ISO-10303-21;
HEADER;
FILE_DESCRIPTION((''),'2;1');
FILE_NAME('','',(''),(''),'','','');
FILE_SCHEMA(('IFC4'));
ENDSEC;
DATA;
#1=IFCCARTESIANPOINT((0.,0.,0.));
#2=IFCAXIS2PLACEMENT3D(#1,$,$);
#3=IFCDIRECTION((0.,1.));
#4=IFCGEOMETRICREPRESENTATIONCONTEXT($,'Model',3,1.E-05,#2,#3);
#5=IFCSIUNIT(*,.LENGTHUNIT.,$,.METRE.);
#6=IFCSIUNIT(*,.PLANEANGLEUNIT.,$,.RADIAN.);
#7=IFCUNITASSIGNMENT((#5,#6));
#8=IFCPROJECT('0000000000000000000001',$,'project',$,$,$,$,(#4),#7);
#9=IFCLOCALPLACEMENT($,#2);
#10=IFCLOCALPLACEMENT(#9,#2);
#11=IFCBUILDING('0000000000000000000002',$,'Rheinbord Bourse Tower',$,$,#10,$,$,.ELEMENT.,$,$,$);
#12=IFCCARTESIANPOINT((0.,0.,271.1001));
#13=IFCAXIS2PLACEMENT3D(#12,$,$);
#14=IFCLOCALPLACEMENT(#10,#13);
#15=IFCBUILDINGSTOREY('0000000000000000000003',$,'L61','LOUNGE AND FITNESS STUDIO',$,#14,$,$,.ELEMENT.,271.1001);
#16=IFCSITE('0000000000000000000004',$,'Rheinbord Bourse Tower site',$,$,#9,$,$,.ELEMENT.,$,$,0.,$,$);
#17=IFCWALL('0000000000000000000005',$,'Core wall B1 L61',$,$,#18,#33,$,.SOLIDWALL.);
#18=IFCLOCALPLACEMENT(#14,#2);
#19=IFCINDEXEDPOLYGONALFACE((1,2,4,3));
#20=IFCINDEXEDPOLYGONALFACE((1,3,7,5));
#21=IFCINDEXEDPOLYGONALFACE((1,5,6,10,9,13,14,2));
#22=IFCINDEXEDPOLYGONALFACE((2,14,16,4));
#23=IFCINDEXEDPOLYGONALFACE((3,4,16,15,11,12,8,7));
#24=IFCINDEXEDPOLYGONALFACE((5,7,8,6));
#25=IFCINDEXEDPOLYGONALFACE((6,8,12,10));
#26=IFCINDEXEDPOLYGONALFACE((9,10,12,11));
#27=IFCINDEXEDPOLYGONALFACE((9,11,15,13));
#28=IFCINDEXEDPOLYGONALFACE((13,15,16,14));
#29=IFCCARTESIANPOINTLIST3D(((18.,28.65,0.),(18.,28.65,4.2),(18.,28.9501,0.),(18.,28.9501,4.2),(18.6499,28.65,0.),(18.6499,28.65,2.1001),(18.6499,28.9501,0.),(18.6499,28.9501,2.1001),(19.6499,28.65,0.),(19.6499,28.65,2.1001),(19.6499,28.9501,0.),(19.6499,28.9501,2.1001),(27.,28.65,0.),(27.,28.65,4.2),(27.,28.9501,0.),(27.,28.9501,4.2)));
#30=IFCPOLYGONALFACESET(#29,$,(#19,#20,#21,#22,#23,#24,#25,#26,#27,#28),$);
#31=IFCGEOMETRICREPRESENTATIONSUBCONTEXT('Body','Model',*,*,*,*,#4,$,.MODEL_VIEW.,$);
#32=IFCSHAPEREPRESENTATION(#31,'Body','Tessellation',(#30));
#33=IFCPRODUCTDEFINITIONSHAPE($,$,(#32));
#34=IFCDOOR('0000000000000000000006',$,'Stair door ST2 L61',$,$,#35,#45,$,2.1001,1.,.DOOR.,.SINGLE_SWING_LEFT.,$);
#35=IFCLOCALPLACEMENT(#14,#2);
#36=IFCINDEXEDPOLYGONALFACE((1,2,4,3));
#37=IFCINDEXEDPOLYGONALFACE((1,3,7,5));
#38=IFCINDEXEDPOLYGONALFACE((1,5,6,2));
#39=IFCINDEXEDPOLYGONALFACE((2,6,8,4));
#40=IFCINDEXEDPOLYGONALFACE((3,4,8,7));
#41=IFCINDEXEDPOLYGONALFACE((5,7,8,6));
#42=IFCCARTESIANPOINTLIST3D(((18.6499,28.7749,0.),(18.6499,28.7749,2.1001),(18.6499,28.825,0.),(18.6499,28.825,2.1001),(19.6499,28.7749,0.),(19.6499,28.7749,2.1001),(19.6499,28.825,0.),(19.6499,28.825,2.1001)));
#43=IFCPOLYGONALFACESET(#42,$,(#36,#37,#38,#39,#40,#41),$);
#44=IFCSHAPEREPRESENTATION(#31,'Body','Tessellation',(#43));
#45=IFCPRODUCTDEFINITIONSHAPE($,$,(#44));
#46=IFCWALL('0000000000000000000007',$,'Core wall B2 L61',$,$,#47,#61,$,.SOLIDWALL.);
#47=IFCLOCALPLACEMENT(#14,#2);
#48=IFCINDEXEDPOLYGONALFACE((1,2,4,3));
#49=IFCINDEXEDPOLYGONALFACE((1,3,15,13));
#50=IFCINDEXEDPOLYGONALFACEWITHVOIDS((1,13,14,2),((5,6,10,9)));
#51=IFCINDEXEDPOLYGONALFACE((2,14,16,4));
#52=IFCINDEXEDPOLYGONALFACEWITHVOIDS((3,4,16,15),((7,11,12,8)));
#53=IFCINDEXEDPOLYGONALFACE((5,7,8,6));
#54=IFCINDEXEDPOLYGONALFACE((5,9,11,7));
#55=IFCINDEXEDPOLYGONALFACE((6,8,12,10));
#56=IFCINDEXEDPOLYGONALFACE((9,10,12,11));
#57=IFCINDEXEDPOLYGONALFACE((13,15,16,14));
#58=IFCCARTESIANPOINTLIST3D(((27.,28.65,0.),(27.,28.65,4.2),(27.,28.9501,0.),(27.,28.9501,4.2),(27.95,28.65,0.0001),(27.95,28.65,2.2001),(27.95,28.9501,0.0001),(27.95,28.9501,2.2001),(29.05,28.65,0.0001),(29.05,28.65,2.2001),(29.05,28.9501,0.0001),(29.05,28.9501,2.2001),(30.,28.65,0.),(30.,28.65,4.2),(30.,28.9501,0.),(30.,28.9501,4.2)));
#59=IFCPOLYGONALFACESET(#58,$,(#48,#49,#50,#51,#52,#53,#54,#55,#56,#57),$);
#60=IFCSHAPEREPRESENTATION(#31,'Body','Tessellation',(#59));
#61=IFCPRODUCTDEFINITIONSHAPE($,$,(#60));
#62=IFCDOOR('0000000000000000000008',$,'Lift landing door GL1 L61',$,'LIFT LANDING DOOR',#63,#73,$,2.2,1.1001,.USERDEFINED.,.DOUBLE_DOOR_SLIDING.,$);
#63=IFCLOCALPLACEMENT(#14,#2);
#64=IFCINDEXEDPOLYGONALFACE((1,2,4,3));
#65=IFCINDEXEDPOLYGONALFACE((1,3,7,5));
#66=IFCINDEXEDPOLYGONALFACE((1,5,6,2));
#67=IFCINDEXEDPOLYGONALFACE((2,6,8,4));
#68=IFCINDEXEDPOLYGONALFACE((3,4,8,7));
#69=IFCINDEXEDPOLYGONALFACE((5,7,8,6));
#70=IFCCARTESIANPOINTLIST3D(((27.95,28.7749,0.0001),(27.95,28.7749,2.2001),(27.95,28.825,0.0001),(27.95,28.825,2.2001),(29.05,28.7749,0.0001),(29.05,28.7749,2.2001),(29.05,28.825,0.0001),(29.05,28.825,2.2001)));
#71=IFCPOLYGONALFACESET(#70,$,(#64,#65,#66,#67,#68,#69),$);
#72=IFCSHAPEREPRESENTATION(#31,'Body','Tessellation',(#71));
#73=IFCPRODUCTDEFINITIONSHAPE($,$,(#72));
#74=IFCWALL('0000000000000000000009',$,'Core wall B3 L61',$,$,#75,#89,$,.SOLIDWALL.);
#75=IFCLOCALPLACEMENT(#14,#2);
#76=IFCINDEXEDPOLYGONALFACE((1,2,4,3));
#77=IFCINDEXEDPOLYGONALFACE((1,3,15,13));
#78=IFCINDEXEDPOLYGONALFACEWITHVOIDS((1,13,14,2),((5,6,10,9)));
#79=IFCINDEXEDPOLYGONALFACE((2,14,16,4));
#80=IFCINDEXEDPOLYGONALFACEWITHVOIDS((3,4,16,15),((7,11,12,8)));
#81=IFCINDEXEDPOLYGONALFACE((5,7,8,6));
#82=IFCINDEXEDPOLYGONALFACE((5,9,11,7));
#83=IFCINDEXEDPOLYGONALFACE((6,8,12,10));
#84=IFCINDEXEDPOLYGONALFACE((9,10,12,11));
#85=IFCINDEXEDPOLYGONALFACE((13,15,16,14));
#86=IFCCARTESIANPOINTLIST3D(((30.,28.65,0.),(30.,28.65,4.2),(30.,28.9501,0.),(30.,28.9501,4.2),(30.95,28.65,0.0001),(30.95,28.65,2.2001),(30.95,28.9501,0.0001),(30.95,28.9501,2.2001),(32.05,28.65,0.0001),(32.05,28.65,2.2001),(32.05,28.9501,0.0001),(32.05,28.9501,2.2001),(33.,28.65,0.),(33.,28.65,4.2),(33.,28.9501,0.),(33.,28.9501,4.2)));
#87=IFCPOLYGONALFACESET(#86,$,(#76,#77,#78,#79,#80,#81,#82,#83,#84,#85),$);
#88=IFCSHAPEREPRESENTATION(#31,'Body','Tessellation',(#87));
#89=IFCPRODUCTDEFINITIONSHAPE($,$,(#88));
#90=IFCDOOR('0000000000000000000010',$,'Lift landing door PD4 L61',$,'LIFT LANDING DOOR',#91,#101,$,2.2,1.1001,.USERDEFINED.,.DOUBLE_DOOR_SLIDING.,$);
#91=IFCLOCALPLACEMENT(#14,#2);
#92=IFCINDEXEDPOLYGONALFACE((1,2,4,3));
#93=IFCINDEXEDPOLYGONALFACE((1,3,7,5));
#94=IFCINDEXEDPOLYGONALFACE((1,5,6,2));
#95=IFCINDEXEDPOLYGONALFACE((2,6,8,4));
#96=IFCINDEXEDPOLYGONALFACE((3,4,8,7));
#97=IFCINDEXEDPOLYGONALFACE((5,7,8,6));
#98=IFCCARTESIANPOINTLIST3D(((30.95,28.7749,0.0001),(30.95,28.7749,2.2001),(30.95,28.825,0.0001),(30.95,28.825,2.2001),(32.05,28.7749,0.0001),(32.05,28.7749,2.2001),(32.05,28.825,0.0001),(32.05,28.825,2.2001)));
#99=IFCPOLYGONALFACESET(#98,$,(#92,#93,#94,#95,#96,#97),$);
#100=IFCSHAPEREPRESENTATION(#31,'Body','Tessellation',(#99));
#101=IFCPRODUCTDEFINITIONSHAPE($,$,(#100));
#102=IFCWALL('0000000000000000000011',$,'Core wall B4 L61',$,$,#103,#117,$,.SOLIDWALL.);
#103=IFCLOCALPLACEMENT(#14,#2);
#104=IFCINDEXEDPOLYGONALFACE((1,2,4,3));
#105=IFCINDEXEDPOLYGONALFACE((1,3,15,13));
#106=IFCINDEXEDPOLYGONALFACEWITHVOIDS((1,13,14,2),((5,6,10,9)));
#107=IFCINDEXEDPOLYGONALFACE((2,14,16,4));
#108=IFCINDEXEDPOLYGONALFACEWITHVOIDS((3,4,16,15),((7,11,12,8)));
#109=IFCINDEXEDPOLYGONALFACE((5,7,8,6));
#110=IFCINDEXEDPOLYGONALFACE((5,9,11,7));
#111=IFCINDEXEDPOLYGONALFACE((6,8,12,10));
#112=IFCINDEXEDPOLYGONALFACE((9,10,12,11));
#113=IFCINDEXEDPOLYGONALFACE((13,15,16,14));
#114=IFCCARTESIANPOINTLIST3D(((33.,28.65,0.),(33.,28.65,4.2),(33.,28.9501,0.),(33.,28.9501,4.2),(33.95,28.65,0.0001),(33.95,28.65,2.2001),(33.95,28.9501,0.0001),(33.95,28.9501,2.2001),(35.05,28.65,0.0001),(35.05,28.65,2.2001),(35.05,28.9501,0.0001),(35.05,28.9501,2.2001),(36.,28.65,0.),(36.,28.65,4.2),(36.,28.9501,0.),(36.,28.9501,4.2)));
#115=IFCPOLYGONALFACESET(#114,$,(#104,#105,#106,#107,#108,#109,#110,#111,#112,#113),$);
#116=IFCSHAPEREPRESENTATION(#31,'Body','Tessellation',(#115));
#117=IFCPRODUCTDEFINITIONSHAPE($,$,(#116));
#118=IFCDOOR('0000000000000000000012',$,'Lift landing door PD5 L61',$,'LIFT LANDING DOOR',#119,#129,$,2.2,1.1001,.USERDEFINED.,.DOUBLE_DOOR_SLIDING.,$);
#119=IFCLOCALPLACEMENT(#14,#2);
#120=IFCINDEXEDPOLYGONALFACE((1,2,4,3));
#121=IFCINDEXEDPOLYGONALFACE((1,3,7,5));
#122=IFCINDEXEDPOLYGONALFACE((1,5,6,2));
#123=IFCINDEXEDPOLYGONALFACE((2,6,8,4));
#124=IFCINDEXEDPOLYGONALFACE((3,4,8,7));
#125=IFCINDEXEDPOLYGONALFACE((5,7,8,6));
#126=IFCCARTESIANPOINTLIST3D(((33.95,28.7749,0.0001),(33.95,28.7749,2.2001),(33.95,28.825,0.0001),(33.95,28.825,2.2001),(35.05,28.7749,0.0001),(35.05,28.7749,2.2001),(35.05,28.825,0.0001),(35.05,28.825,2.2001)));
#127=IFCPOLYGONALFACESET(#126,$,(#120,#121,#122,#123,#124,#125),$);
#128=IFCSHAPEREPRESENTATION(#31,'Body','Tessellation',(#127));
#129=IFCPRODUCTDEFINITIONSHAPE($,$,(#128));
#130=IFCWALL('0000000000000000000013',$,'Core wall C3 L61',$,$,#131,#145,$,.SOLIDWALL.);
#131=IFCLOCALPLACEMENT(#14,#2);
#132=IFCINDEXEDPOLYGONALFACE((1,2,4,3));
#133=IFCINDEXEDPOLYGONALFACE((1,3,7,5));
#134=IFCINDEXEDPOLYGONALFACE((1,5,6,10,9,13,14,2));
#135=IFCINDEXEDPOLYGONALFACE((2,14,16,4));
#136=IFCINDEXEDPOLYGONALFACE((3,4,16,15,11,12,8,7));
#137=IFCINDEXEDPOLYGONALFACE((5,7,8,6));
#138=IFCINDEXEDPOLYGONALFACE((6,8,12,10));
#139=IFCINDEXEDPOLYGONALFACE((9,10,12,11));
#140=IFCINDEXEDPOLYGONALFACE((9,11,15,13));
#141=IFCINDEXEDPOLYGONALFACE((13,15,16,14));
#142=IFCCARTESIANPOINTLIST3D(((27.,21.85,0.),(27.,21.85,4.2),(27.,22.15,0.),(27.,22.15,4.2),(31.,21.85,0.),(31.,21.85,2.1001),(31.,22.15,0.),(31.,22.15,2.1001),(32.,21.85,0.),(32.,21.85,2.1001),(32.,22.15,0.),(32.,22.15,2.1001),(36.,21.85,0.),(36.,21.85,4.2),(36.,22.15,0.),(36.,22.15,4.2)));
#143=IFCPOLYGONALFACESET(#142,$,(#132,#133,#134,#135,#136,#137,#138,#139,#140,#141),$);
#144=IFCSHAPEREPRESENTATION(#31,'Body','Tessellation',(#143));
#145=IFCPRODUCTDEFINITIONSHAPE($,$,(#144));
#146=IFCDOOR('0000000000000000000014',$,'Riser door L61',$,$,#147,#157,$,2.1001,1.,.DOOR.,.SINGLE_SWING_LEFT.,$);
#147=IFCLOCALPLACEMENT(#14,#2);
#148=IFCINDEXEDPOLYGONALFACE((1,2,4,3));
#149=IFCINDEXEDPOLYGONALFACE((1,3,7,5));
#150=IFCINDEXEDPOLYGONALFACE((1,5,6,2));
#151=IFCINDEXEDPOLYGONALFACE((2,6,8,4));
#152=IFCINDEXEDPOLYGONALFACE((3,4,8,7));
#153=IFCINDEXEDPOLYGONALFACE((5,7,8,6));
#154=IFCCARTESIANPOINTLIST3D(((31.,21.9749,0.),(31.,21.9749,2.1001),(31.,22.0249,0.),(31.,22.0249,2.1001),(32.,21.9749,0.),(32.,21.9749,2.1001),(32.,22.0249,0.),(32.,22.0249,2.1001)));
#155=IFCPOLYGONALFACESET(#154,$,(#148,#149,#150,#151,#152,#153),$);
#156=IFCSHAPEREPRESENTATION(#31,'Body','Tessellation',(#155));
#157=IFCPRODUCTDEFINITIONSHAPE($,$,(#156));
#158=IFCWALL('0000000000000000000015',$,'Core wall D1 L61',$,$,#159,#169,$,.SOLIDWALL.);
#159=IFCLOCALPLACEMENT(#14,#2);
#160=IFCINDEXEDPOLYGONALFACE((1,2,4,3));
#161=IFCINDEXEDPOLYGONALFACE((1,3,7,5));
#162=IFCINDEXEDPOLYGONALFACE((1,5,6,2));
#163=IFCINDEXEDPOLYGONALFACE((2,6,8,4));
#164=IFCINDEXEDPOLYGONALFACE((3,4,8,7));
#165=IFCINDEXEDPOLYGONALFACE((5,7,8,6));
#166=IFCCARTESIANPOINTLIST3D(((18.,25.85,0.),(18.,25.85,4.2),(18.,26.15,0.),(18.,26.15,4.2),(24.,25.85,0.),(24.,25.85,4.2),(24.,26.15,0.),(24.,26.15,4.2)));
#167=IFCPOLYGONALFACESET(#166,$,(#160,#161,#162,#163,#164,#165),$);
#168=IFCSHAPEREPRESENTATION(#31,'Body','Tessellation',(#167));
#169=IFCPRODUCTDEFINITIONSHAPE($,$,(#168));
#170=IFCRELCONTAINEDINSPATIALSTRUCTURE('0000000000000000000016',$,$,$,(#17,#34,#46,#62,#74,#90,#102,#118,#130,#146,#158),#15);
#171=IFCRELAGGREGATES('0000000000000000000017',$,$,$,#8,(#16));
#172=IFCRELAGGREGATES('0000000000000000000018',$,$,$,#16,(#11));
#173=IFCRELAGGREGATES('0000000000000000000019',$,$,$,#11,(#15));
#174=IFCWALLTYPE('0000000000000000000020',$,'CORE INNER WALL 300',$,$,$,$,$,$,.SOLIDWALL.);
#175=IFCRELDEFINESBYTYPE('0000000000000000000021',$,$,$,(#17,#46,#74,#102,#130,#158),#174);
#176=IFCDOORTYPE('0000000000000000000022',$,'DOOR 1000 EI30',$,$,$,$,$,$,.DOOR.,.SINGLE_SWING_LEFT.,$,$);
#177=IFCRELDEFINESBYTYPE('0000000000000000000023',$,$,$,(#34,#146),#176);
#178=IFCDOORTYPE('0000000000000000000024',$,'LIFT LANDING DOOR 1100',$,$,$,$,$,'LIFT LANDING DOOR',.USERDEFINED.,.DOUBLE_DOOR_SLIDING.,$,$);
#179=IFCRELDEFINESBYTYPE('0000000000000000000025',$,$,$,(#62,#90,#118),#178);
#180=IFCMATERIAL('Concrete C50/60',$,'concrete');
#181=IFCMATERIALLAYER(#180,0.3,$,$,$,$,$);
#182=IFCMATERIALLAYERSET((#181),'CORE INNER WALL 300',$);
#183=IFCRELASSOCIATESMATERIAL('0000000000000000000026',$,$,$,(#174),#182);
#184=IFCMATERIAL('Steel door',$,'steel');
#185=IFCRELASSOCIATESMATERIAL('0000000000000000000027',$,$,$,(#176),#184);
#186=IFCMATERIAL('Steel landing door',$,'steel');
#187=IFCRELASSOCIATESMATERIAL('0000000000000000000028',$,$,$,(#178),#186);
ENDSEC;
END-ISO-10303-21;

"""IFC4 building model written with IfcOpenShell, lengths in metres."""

from ifc_helpers import new_model, si_unit, direction, frame, frame_2d, origin, place, context, subcontext, project, spatial, rectangle, extrude, material, layer, layer_set, type_object, element, fill, save


model = new_model("IFC4")

# Units and contexts
model_context = context("Model", 3, precision=1e-05, world=origin(), true_north=direction((0.0, 1.0)))
body_context = subcontext(model_context, "Body", "Model", "MODEL_VIEW")
ifc_project = project(units=[si_unit("LENGTHUNIT", "METRE"), si_unit("PLANEANGLEUNIT", "RADIAN")], contexts=[model_context])

# Site, building, storey
site_placement = place(None, origin())
site = spatial("IfcSite", under=ifc_project, at=site_placement, Name="Rheinbord Bourse Tower site", CompositionType="ELEMENT", RefElevation=0.0)
building_placement = place(site_placement, origin())
building = spatial("IfcBuilding", under=site, at=building_placement, Name="Rheinbord Bourse Tower", CompositionType="ELEMENT")
storey_placement = place(building_placement, frame((0.0, 0.0, 271.1001)))
storey = spatial("IfcBuildingStorey", under=building, at=storey_placement, Name="L61", Description="LOUNGE AND FITNESS STUDIO", CompositionType="ELEMENT", Elevation=271.1001)

# Walls, openings, doors
ifc_material_1 = material(Name="Concrete C50/60", Category="concrete")
ifc_layer_1 = layer(ifc_material_1, 0.3)
ifc_layer_set_1 = layer_set([ifc_layer_1], Name="CORE INNER WALL 300")
wall_type_1 = type_object("IfcWallType", Name="CORE INNER WALL 300", PredefinedType="SOLIDWALL", material=ifc_layer_set_1)
wall_1_placement = place(storey_placement, frame((18.0, 28.8, 0.0), z_axis=(0.0, 0.0, 1.0), x_axis=(1.0, 0.0, 0.0)))
wall_1 = element("IfcWall", 1, at=wall_1_placement, inside=storey, type_object=wall_type_1, Name="Core wall B1 L61", PredefinedType="SOLIDWALL", context=body_context, shape_type="SweptSolid", body=[
    extrude(rectangle(XDim=9.0, YDim=0.3, at=frame_2d((4.5, 0.0))), origin(), (0.0, 0.0, 1.0), 4.2),
])
opening_1_placement = place(wall_1_placement, frame((0.6499, 0.0, 0.0)))
opening_1 = element("IfcOpeningElement", 2, at=opening_1_placement, cuts=wall_1, PredefinedType="OPENING", context=body_context, shape_type="SweptSolid", body=[
    extrude(rectangle(XDim=1.0, YDim=2.1001, at=frame_2d((0.5, 1.05))), frame((0.0, 0.1599, 0.0), z_axis=(0.0, -1.0, 0.0), x_axis=(1.0, 0.0, 0.0)), (0.0, 0.0, 1.0), 0.3201),
])
ifc_material_2 = material(Name="Steel door", Category="steel")
door_type_1 = type_object("IfcDoorType", Name="DOOR 1000 EI30", OperationType="SINGLE_SWING_LEFT", PredefinedType="DOOR", material=ifc_material_2)
door_1_placement = place(opening_1_placement, origin())
door_1 = element("IfcDoor", 3, at=door_1_placement, inside=storey, type_object=door_type_1, Name="Stair door ST2 L61", OperationType="SINGLE_SWING_LEFT", OverallHeight=2.1001, OverallWidth=1.0, PredefinedType="DOOR", context=body_context, shape_type="SweptSolid", body=[
    extrude(rectangle(XDim=1.0, YDim=2.1001, at=frame_2d((0.5, 1.05))), frame((0.0, 0.0249, 0.0), z_axis=(0.0, -1.0, 0.0), x_axis=(1.0, 0.0, 0.0)), (0.0, 0.0, 1.0), 0.05),
])
fill(opening_1, door_1)
wall_2_placement = place(storey_placement, frame((27.0, 28.8, 0.0), z_axis=(0.0, 0.0, 1.0), x_axis=(1.0, 0.0, 0.0)))
wall_2 = element("IfcWall", 4, at=wall_2_placement, inside=storey, type_object=wall_type_1, Name="Core wall B2 L61", PredefinedType="SOLIDWALL", context=body_context, shape_type="SweptSolid", body=[
    extrude(rectangle(XDim=3.0, YDim=0.3, at=frame_2d((1.5, 0.0))), origin(), (0.0, 0.0, 1.0), 4.2),
])
opening_2_placement = place(wall_2_placement, frame((0.95, 0.0, 0.0)))
opening_2 = element("IfcOpeningElement", 5, at=opening_2_placement, cuts=wall_2, PredefinedType="OPENING", context=body_context, shape_type="SweptSolid", body=[
    extrude(rectangle(XDim=1.1001, YDim=2.2, at=frame_2d((0.55, 1.1001))), frame((0.0, 0.1599, 0.0), z_axis=(0.0, -1.0, 0.0), x_axis=(1.0, 0.0, 0.0)), (0.0, 0.0, 1.0), 0.3201),
])
ifc_material_3 = material(Name="Steel landing door", Category="steel")
door_type_2 = type_object("IfcDoorType", Name="LIFT LANDING DOOR 1100", ElementType="LIFT LANDING DOOR", OperationType="DOUBLE_DOOR_SLIDING", PredefinedType="USERDEFINED", material=ifc_material_3)
door_2_placement = place(opening_2_placement, origin())
door_2 = element("IfcDoor", 6, at=door_2_placement, inside=storey, type_object=door_type_2, Name="Lift landing door GL1 L61", ObjectType="LIFT LANDING DOOR", OperationType="DOUBLE_DOOR_SLIDING", OverallHeight=2.2, OverallWidth=1.1001, PredefinedType="USERDEFINED", context=body_context, shape_type="SweptSolid", body=[
    extrude(rectangle(XDim=1.1001, YDim=2.2, at=frame_2d((0.55, 1.1001))), frame((0.0, 0.0249, 0.0), z_axis=(0.0, -1.0, 0.0), x_axis=(1.0, 0.0, 0.0)), (0.0, 0.0, 1.0), 0.05),
])
fill(opening_2, door_2)
wall_3_placement = place(storey_placement, frame((30.0, 28.8, 0.0), z_axis=(0.0, 0.0, 1.0), x_axis=(1.0, 0.0, 0.0)))
wall_3 = element("IfcWall", 7, at=wall_3_placement, inside=storey, type_object=wall_type_1, Name="Core wall B3 L61", PredefinedType="SOLIDWALL", context=body_context, shape_type="SweptSolid", body=[
    extrude(rectangle(XDim=3.0, YDim=0.3, at=frame_2d((1.5, 0.0))), origin(), (0.0, 0.0, 1.0), 4.2),
])
opening_3_placement = place(wall_3_placement, frame((0.95, 0.0, 0.0)))
opening_3 = element("IfcOpeningElement", 8, at=opening_3_placement, cuts=wall_3, PredefinedType="OPENING", context=body_context, shape_type="SweptSolid", body=[
    extrude(rectangle(XDim=1.1001, YDim=2.2, at=frame_2d((0.55, 1.1001))), frame((0.0, 0.1599, 0.0), z_axis=(0.0, -1.0, 0.0), x_axis=(1.0, 0.0, 0.0)), (0.0, 0.0, 1.0), 0.3201),
])
door_3_placement = place(opening_3_placement, origin())
door_3 = element("IfcDoor", 9, at=door_3_placement, inside=storey, type_object=door_type_2, Name="Lift landing door PD4 L61", ObjectType="LIFT LANDING DOOR", OperationType="DOUBLE_DOOR_SLIDING", OverallHeight=2.2, OverallWidth=1.1001, PredefinedType="USERDEFINED", context=body_context, shape_type="SweptSolid", body=[
    extrude(rectangle(XDim=1.1001, YDim=2.2, at=frame_2d((0.55, 1.1001))), frame((0.0, 0.0249, 0.0), z_axis=(0.0, -1.0, 0.0), x_axis=(1.0, 0.0, 0.0)), (0.0, 0.0, 1.0), 0.05),
])
fill(opening_3, door_3)
wall_4_placement = place(storey_placement, frame((33.0, 28.8, 0.0), z_axis=(0.0, 0.0, 1.0), x_axis=(1.0, 0.0, 0.0)))
wall_4 = element("IfcWall", 10, at=wall_4_placement, inside=storey, type_object=wall_type_1, Name="Core wall B4 L61", PredefinedType="SOLIDWALL", context=body_context, shape_type="SweptSolid", body=[
    extrude(rectangle(XDim=3.0, YDim=0.3, at=frame_2d((1.5, 0.0))), origin(), (0.0, 0.0, 1.0), 4.2),
])
opening_4_placement = place(wall_4_placement, frame((0.95, 0.0, 0.0)))
opening_4 = element("IfcOpeningElement", 11, at=opening_4_placement, cuts=wall_4, PredefinedType="OPENING", context=body_context, shape_type="SweptSolid", body=[
    extrude(rectangle(XDim=1.1001, YDim=2.2, at=frame_2d((0.55, 1.1001))), frame((0.0, 0.1599, 0.0), z_axis=(0.0, -1.0, 0.0), x_axis=(1.0, 0.0, 0.0)), (0.0, 0.0, 1.0), 0.3201),
])
door_4_placement = place(opening_4_placement, origin())
door_4 = element("IfcDoor", 12, at=door_4_placement, inside=storey, type_object=door_type_2, Name="Lift landing door PD5 L61", ObjectType="LIFT LANDING DOOR", OperationType="DOUBLE_DOOR_SLIDING", OverallHeight=2.2, OverallWidth=1.1001, PredefinedType="USERDEFINED", context=body_context, shape_type="SweptSolid", body=[
    extrude(rectangle(XDim=1.1001, YDim=2.2, at=frame_2d((0.55, 1.1001))), frame((0.0, 0.0249, 0.0), z_axis=(0.0, -1.0, 0.0), x_axis=(1.0, 0.0, 0.0)), (0.0, 0.0, 1.0), 0.05),
])
fill(opening_4, door_4)
wall_5_placement = place(storey_placement, frame((27.0, 22.0, 0.0), z_axis=(0.0, 0.0, 1.0), x_axis=(1.0, 0.0, 0.0)))
wall_5 = element("IfcWall", 13, at=wall_5_placement, inside=storey, type_object=wall_type_1, Name="Core wall C3 L61", PredefinedType="SOLIDWALL", context=body_context, shape_type="SweptSolid", body=[
    extrude(rectangle(XDim=9.0, YDim=0.3, at=frame_2d((4.5, 0.0))), origin(), (0.0, 0.0, 1.0), 4.2),
])
opening_5_placement = place(wall_5_placement, frame((4.0, 0.0, 0.0)))
opening_5 = element("IfcOpeningElement", 14, at=opening_5_placement, cuts=wall_5, PredefinedType="OPENING", context=body_context, shape_type="SweptSolid", body=[
    extrude(rectangle(XDim=1.0, YDim=2.1001, at=frame_2d((0.5, 1.05))), frame((0.0, 0.1599, 0.0), z_axis=(0.0, -1.0, 0.0), x_axis=(1.0, 0.0, 0.0)), (0.0, 0.0, 1.0), 0.3201),
])
door_5_placement = place(opening_5_placement, origin())
door_5 = element("IfcDoor", 15, at=door_5_placement, inside=storey, type_object=door_type_1, Name="Riser door L61", OperationType="SINGLE_SWING_LEFT", OverallHeight=2.1001, OverallWidth=1.0, PredefinedType="DOOR", context=body_context, shape_type="SweptSolid", body=[
    extrude(rectangle(XDim=1.0, YDim=2.1001, at=frame_2d((0.5, 1.05))), frame((0.0, 0.0249, 0.0), z_axis=(0.0, -1.0, 0.0), x_axis=(1.0, 0.0, 0.0)), (0.0, 0.0, 1.0), 0.05),
])
fill(opening_5, door_5)

# Wall
wall_6_placement = place(storey_placement, frame((18.0, 26.0, 0.0), z_axis=(0.0, 0.0, 1.0), x_axis=(1.0, 0.0, 0.0)))
element("IfcWall", 16, at=wall_6_placement, inside=storey, type_object=wall_type_1, Name="Core wall D1 L61", PredefinedType="SOLIDWALL", context=body_context, shape_type="SweptSolid", body=[
    extrude(rectangle(XDim=6.0, YDim=0.3, at=frame_2d((3.0, 0.0))), origin(), (0.0, 0.0, 1.0), 4.2),
])

save(model, "model.ifc")
